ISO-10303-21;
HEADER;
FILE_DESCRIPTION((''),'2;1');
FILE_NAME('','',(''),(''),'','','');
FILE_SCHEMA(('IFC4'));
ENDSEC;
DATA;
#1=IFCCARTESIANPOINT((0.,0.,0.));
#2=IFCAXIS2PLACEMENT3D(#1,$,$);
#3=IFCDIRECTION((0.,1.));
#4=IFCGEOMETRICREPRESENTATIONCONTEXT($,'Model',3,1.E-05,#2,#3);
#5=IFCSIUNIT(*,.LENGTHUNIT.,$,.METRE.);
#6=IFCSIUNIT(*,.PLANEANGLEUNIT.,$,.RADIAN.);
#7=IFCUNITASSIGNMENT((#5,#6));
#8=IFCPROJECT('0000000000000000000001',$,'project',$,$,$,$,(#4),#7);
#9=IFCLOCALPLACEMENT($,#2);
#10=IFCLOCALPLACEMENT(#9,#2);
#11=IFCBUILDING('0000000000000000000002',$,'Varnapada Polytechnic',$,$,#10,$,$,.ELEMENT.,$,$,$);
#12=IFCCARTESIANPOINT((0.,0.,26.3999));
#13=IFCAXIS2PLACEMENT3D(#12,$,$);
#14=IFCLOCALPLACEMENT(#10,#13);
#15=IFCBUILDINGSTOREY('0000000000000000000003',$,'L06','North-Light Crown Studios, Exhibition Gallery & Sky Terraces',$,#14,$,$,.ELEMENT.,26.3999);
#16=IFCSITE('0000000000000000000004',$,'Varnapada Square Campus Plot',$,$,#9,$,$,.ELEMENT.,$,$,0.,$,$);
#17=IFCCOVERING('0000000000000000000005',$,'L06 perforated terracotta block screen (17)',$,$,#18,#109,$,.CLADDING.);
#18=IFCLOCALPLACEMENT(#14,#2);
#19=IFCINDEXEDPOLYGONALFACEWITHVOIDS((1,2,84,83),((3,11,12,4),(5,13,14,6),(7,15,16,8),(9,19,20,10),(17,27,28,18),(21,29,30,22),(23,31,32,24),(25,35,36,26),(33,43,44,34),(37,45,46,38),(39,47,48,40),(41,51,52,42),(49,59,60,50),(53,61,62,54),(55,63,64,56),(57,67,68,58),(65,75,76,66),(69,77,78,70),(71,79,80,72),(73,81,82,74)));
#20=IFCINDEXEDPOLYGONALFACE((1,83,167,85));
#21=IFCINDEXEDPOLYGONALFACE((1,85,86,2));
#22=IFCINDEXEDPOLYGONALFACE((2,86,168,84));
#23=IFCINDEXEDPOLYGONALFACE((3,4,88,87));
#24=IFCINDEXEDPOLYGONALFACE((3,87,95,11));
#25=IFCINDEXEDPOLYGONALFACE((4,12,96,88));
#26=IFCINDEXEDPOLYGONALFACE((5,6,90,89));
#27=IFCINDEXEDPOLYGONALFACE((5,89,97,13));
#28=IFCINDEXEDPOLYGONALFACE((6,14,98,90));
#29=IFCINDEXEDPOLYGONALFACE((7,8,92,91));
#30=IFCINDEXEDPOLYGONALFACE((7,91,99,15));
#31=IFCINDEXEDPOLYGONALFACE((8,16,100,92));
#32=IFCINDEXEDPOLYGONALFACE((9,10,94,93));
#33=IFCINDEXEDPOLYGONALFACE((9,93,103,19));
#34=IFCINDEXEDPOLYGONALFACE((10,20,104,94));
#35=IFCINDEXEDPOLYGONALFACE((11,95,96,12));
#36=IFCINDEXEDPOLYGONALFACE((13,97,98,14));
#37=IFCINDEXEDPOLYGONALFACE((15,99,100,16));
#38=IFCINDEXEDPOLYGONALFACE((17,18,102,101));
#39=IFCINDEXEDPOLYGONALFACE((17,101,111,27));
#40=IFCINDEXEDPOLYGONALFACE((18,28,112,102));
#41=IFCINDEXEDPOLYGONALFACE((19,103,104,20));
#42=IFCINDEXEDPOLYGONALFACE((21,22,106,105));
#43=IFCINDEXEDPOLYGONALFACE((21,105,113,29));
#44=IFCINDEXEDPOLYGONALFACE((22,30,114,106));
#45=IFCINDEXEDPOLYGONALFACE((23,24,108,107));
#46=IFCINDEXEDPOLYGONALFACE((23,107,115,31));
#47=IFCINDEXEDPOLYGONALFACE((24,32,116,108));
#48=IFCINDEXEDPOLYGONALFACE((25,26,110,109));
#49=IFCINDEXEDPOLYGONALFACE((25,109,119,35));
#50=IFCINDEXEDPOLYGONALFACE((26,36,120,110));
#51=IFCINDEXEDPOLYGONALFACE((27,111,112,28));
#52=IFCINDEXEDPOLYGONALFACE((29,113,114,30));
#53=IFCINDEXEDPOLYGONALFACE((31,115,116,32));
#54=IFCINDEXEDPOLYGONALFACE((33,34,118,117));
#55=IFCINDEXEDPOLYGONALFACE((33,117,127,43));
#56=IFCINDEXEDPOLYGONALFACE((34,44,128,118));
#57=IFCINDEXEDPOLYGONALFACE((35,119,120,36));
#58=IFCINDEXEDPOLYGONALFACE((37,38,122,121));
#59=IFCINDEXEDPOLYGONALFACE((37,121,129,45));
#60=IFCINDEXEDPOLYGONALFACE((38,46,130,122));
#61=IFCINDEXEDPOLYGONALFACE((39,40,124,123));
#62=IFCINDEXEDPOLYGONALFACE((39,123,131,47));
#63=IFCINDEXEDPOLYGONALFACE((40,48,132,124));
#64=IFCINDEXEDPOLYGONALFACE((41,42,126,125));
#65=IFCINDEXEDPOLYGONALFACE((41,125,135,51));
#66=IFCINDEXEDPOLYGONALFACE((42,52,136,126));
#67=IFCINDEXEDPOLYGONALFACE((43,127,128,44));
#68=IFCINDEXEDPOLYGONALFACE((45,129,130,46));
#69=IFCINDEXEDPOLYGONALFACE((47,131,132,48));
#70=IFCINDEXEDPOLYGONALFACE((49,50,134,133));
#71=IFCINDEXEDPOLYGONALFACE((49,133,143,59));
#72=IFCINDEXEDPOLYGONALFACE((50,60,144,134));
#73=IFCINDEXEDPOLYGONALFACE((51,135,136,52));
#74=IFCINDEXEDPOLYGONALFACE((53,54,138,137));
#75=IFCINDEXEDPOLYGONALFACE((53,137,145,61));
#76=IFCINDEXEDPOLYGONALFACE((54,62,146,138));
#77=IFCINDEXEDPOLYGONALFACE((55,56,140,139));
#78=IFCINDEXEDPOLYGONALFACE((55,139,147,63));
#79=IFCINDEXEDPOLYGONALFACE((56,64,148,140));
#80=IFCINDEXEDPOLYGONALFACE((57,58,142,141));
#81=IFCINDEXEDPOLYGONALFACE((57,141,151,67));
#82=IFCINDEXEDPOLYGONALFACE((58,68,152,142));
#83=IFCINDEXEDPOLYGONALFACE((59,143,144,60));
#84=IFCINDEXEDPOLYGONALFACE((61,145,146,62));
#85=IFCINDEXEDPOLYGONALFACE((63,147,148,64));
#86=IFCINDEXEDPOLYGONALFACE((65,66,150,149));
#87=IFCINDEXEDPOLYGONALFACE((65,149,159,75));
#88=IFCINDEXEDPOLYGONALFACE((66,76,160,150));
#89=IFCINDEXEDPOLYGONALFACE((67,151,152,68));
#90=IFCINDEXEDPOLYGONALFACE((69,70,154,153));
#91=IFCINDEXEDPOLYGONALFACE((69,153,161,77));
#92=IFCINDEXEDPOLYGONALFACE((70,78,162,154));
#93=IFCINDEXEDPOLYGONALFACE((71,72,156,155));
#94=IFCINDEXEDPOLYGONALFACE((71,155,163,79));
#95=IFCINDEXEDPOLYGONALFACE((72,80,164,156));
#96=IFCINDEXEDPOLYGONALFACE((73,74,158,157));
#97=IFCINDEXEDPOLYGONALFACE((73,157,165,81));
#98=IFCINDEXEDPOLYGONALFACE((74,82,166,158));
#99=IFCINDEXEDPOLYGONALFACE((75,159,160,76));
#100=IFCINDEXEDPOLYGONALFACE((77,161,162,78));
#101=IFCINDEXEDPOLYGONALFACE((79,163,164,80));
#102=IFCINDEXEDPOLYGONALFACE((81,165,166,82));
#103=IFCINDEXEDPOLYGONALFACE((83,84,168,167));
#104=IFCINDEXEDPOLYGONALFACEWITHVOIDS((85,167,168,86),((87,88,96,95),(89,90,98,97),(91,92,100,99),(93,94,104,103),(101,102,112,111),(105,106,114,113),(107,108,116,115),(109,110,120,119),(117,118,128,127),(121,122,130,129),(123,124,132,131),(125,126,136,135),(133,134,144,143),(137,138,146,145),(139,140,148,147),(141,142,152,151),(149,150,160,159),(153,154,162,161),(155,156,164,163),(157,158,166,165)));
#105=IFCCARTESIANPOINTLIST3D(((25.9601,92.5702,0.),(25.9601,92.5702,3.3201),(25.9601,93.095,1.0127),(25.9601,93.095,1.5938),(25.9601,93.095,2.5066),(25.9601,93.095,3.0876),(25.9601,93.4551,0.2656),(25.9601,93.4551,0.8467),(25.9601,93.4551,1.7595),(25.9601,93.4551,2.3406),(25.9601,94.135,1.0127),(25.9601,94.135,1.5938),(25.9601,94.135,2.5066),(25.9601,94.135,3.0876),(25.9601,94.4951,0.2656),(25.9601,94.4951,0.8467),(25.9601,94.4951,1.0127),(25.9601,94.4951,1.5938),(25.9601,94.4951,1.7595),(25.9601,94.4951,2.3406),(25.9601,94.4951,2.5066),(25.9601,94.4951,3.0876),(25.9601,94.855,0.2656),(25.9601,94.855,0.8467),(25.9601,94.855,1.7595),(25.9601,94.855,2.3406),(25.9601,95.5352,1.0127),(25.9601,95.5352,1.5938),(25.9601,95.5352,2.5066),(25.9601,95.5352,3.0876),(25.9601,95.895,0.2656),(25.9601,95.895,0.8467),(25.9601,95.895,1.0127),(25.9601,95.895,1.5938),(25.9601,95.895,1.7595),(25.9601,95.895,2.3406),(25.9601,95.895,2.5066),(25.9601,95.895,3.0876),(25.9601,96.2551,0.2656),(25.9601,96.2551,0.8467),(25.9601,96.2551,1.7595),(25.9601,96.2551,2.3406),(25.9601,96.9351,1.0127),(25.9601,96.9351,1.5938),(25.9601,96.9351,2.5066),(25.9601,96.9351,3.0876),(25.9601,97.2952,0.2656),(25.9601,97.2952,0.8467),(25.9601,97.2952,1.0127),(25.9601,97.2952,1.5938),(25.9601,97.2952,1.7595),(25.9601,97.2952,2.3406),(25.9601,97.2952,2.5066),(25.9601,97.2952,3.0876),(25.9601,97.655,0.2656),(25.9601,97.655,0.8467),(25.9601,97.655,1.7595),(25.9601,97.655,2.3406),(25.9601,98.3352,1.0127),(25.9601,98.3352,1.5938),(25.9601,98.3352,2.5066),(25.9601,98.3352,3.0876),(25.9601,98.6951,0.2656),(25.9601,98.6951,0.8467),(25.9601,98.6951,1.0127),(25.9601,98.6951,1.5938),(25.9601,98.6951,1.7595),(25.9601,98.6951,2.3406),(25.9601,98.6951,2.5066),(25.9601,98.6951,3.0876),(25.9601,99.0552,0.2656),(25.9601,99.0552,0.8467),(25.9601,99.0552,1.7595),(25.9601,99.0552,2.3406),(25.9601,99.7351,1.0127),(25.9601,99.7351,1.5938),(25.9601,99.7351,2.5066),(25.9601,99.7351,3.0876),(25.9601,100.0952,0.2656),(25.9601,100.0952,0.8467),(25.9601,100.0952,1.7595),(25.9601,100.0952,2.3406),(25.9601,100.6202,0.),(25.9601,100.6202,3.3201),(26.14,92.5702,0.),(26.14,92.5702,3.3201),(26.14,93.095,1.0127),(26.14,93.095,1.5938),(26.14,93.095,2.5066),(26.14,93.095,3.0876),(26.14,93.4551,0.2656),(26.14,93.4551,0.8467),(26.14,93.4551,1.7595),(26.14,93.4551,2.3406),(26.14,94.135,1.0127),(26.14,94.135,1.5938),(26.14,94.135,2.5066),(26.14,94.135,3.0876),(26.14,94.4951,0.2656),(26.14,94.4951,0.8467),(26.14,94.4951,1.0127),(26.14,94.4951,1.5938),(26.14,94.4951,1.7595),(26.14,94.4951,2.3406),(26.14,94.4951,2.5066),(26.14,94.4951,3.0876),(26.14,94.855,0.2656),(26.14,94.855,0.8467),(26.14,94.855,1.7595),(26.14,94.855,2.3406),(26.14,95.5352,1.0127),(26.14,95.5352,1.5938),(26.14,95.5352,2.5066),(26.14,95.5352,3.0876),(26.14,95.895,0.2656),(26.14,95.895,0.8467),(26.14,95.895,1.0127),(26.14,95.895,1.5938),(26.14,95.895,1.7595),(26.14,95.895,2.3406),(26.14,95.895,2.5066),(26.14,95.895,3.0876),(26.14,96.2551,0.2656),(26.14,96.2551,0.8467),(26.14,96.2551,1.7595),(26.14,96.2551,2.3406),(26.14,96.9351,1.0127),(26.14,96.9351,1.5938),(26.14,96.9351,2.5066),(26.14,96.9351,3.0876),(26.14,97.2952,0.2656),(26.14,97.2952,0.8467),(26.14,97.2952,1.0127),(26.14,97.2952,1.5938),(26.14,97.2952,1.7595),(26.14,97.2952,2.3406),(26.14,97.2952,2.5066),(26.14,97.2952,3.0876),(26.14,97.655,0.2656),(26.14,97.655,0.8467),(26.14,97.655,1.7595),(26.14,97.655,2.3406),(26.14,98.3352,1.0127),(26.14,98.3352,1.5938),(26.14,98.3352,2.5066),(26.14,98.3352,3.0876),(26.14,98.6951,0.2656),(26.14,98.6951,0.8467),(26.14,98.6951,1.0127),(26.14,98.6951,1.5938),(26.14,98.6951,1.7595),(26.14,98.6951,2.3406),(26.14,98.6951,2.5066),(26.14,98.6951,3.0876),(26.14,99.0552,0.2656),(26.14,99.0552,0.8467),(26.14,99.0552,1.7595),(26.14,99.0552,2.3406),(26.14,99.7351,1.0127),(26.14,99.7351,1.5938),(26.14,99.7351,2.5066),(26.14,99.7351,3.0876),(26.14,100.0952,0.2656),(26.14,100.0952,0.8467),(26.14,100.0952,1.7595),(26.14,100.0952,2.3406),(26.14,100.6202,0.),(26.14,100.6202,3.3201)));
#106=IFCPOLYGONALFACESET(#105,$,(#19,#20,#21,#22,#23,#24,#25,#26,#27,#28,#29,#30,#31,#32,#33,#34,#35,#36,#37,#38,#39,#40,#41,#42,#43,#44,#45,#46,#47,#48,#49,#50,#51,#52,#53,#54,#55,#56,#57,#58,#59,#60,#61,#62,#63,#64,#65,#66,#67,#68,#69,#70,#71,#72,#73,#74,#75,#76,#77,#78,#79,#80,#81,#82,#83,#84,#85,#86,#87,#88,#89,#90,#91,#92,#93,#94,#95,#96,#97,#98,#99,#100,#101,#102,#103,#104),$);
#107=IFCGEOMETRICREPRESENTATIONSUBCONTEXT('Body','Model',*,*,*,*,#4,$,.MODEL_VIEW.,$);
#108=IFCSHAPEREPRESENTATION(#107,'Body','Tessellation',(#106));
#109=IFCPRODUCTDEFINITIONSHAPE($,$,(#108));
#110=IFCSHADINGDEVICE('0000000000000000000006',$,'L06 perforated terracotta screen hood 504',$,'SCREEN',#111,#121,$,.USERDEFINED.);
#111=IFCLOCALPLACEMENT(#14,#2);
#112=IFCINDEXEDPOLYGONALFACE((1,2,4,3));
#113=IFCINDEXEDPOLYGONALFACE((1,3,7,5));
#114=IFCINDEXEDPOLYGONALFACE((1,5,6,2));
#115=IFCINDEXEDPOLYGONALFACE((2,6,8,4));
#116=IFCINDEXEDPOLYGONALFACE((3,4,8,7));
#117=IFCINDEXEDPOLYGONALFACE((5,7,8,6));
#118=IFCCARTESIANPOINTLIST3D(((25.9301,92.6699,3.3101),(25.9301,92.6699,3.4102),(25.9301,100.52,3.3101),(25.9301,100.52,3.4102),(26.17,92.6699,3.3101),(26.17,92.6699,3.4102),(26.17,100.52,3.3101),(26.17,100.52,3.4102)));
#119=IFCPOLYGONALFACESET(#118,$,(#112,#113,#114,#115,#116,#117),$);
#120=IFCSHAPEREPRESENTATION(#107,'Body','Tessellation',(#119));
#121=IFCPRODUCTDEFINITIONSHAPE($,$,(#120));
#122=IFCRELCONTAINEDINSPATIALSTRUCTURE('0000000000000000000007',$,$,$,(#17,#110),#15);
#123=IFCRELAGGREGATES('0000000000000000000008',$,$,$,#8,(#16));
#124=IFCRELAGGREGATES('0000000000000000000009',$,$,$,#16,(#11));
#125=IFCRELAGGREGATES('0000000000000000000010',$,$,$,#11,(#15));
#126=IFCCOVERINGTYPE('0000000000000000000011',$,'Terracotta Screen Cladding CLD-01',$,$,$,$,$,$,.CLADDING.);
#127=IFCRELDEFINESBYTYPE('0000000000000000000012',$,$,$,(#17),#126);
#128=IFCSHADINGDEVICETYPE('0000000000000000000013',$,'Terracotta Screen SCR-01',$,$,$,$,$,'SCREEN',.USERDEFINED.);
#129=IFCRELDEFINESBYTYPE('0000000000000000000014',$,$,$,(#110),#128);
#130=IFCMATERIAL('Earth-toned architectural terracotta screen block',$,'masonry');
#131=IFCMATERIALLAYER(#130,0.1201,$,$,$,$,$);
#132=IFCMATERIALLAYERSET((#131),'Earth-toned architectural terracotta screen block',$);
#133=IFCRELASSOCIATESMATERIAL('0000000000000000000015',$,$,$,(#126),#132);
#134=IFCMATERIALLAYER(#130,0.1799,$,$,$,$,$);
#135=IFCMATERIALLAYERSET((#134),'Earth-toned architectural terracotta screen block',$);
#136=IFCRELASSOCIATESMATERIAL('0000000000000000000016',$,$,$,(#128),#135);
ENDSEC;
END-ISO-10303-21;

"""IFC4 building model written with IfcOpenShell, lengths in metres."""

from ifc_helpers import new_model, si_unit, direction, frame, frame_2d, origin, origin_2d, place, context, subcontext, project, spatial, rectangle, extrude, material, layer, layer_set, type_object, element, save


model = new_model("IFC4")

# Units and contexts
model_context = context("Model", 3, precision=1e-05, world=origin(), true_north=direction((0.0, 1.0)))
body_context = subcontext(model_context, "Body", "Model", "MODEL_VIEW")
ifc_project = project(units=[si_unit("LENGTHUNIT", "METRE"), si_unit("PLANEANGLEUNIT", "RADIAN")], contexts=[model_context])

# Site, building, storey
site_placement = place(None, origin())
site = spatial("IfcSite", under=ifc_project, at=site_placement, Name="Varnapada Square Campus Plot", CompositionType="ELEMENT", RefElevation=0.0)
building_placement = place(site_placement, origin())
building = spatial("IfcBuilding", under=site, at=building_placement, Name="Varnapada Polytechnic", CompositionType="ELEMENT")
storey_placement = place(building_placement, frame((0.0, 0.0, 26.3999)))
storey = spatial("IfcBuildingStorey", under=building, at=storey_placement, Name="L06", Description="North-Light Crown Studios, Exhibition Gallery & Sky Terraces", CompositionType="ELEMENT", Elevation=26.3999)

# Covering, openings
ifc_material_1 = material(Name="Earth-toned architectural terracotta screen block", Category="masonry")
ifc_layer_1 = layer(ifc_material_1, 0.1201)
ifc_layer_set_1 = layer_set([ifc_layer_1], Name="Earth-toned architectural terracotta screen block")
covering_type_1 = type_object("IfcCoveringType", Name="Terracotta Screen Cladding CLD-01", PredefinedType="CLADDING", material=ifc_layer_set_1)
covering_1_placement = place(storey_placement, frame((26.05, 100.6201, 0.0), z_axis=(0.0, 0.0, 1.0), x_axis=(0.0, -1.0, 0.0)))
covering_1 = element("IfcCovering", 1, at=covering_1_placement, inside=storey, type_object=covering_type_1, Name="L06 perforated terracotta block screen (17)", PredefinedType="CLADDING", context=body_context, shape_type="SweptSolid", body=[
    extrude(rectangle(XDim=8.05, YDim=0.1799, at=frame_2d((4.0249, 0.0))), origin(), (0.0, 0.0, 1.0), 3.3201),
])
opening_1_placement = place(covering_1_placement, frame((0.5249, 0.0, 0.2656)))
element("IfcOpeningElement", 2, at=opening_1_placement, cuts=covering_1, PredefinedType="OPENING", context=body_context, shape_type="SweptSolid", body=[
    extrude(rectangle(XDim=1.04, YDim=0.5811, at=frame_2d((0.52, 0.2905))), frame((0.0, 0.0999, 0.0), z_axis=(0.0, -1.0, 0.0), x_axis=(1.0, 0.0, 0.0)), (0.0, 0.0, 1.0), 0.2),
])
opening_2_placement = place(covering_1_placement, frame((1.925, 0.0, 0.2656)))
element("IfcOpeningElement", 3, at=opening_2_placement, cuts=covering_1, PredefinedType="OPENING", context=body_context, shape_type="SweptSolid", body=[
    extrude(rectangle(XDim=1.04, YDim=0.5811, at=frame_2d((0.52, 0.2905))), frame((0.0, 0.0999, 0.0), z_axis=(0.0, -1.0, 0.0), x_axis=(1.0, 0.0, 0.0)), (0.0, 0.0, 1.0), 0.2),
])
opening_3_placement = place(covering_1_placement, frame((3.325, 0.0, 0.2656)))
element("IfcOpeningElement", 4, at=opening_3_placement, cuts=covering_1, PredefinedType="OPENING", context=body_context, shape_type="SweptSolid", body=[
    extrude(rectangle(XDim=1.04, YDim=0.5811, at=frame_2d((0.52, 0.2905))), frame((0.0, 0.0999, 0.0), z_axis=(0.0, -1.0, 0.0), x_axis=(1.0, 0.0, 0.0)), (0.0, 0.0, 1.0), 0.2),
])
opening_4_placement = place(covering_1_placement, frame((4.7251, 0.0, 0.2656)))
element("IfcOpeningElement", 5, at=opening_4_placement, cuts=covering_1, PredefinedType="OPENING", context=body_context, shape_type="SweptSolid", body=[
    extrude(rectangle(XDim=1.04, YDim=0.5811, at=frame_2d((0.52, 0.2905))), frame((0.0, 0.0999, 0.0), z_axis=(0.0, -1.0, 0.0), x_axis=(1.0, 0.0, 0.0)), (0.0, 0.0, 1.0), 0.2),
])
opening_5_placement = place(covering_1_placement, frame((6.125, 0.0, 0.2656)))
element("IfcOpeningElement", 6, at=opening_5_placement, cuts=covering_1, PredefinedType="OPENING", context=body_context, shape_type="SweptSolid", body=[
    extrude(rectangle(XDim=1.04, YDim=0.5811, at=frame_2d((0.52, 0.2905))), frame((0.0, 0.0999, 0.0), z_axis=(0.0, -1.0, 0.0), x_axis=(1.0, 0.0, 0.0)), (0.0, 0.0, 1.0), 0.2),
])
opening_6_placement = place(covering_1_placement, frame((0.885, 0.0, 1.0127)))
element("IfcOpeningElement", 7, at=opening_6_placement, cuts=covering_1, PredefinedType="OPENING", context=body_context, shape_type="SweptSolid", body=[
    extrude(rectangle(XDim=1.04, YDim=0.5811, at=frame_2d((0.52, 0.2905))), frame((0.0, 0.0999, 0.0), z_axis=(0.0, -1.0, 0.0), x_axis=(1.0, 0.0, 0.0)), (0.0, 0.0, 1.0), 0.2),
])
opening_7_placement = place(covering_1_placement, frame((2.2849, 0.0, 1.0127)))
element("IfcOpeningElement", 8, at=opening_7_placement, cuts=covering_1, PredefinedType="OPENING", context=body_context, shape_type="SweptSolid", body=[
    extrude(rectangle(XDim=1.04, YDim=0.5811, at=frame_2d((0.52, 0.2905))), frame((0.0, 0.0999, 0.0), z_axis=(0.0, -1.0, 0.0), x_axis=(1.0, 0.0, 0.0)), (0.0, 0.0, 1.0), 0.2),
])
opening_8_placement = place(covering_1_placement, frame((3.6851, 0.0, 1.0127)))
element("IfcOpeningElement", 9, at=opening_8_placement, cuts=covering_1, PredefinedType="OPENING", context=body_context, shape_type="SweptSolid", body=[
    extrude(rectangle(XDim=1.04, YDim=0.5811, at=frame_2d((0.52, 0.2905))), frame((0.0, 0.0999, 0.0), z_axis=(0.0, -1.0, 0.0), x_axis=(1.0, 0.0, 0.0)), (0.0, 0.0, 1.0), 0.2),
])
opening_9_placement = place(covering_1_placement, frame((5.085, 0.0, 1.0127)))
element("IfcOpeningElement", 10, at=opening_9_placement, cuts=covering_1, PredefinedType="OPENING", context=body_context, shape_type="SweptSolid", body=[
    extrude(rectangle(XDim=1.04, YDim=0.5811, at=frame_2d((0.52, 0.2905))), frame((0.0, 0.0999, 0.0), z_axis=(0.0, -1.0, 0.0), x_axis=(1.0, 0.0, 0.0)), (0.0, 0.0, 1.0), 0.2),
])
opening_10_placement = place(covering_1_placement, frame((6.4851, 0.0, 1.0127)))
element("IfcOpeningElement", 11, at=opening_10_placement, cuts=covering_1, PredefinedType="OPENING", context=body_context, shape_type="SweptSolid", body=[
    extrude(rectangle(XDim=1.04, YDim=0.5811, at=frame_2d((0.52, 0.2905))), frame((0.0, 0.0999, 0.0), z_axis=(0.0, -1.0, 0.0), x_axis=(1.0, 0.0, 0.0)), (0.0, 0.0, 1.0), 0.2),
])
opening_11_placement = place(covering_1_placement, frame((0.5249, 0.0, 1.7595)))
element("IfcOpeningElement", 12, at=opening_11_placement, cuts=covering_1, PredefinedType="OPENING", context=body_context, shape_type="SweptSolid", body=[
    extrude(rectangle(XDim=1.04, YDim=0.5811, at=frame_2d((0.52, 0.2905))), frame((0.0, 0.0999, 0.0), z_axis=(0.0, -1.0, 0.0), x_axis=(1.0, 0.0, 0.0)), (0.0, 0.0, 1.0), 0.2),
])
opening_12_placement = place(covering_1_placement, frame((1.925, 0.0, 1.7595)))
element("IfcOpeningElement", 13, at=opening_12_placement, cuts=covering_1, PredefinedType="OPENING", context=body_context, shape_type="SweptSolid", body=[
    extrude(rectangle(XDim=1.04, YDim=0.5811, at=frame_2d((0.52, 0.2905))), frame((0.0, 0.0999, 0.0), z_axis=(0.0, -1.0, 0.0), x_axis=(1.0, 0.0, 0.0)), (0.0, 0.0, 1.0), 0.2),
])
opening_13_placement = place(covering_1_placement, frame((3.325, 0.0, 1.7595)))
element("IfcOpeningElement", 14, at=opening_13_placement, cuts=covering_1, PredefinedType="OPENING", context=body_context, shape_type="SweptSolid", body=[
    extrude(rectangle(XDim=1.04, YDim=0.5811, at=frame_2d((0.52, 0.2905))), frame((0.0, 0.0999, 0.0), z_axis=(0.0, -1.0, 0.0), x_axis=(1.0, 0.0, 0.0)), (0.0, 0.0, 1.0), 0.2),
])
opening_14_placement = place(covering_1_placement, frame((4.7251, 0.0, 1.7595)))
element("IfcOpeningElement", 15, at=opening_14_placement, cuts=covering_1, PredefinedType="OPENING", context=body_context, shape_type="SweptSolid", body=[
    extrude(rectangle(XDim=1.04, YDim=0.5811, at=frame_2d((0.52, 0.2905))), frame((0.0, 0.0999, 0.0), z_axis=(0.0, -1.0, 0.0), x_axis=(1.0, 0.0, 0.0)), (0.0, 0.0, 1.0), 0.2),
])
opening_15_placement = place(covering_1_placement, frame((6.125, 0.0, 1.7595)))
element("IfcOpeningElement", 16, at=opening_15_placement, cuts=covering_1, PredefinedType="OPENING", context=body_context, shape_type="SweptSolid", body=[
    extrude(rectangle(XDim=1.04, YDim=0.5811, at=frame_2d((0.52, 0.2905))), frame((0.0, 0.0999, 0.0), z_axis=(0.0, -1.0, 0.0), x_axis=(1.0, 0.0, 0.0)), (0.0, 0.0, 1.0), 0.2),
])
opening_16_placement = place(covering_1_placement, frame((0.885, 0.0, 2.5066)))
element("IfcOpeningElement", 17, at=opening_16_placement, cuts=covering_1, PredefinedType="OPENING", context=body_context, shape_type="SweptSolid", body=[
    extrude(rectangle(XDim=1.04, YDim=0.5811, at=frame_2d((0.52, 0.2905))), frame((0.0, 0.0999, 0.0), z_axis=(0.0, -1.0, 0.0), x_axis=(1.0, 0.0, 0.0)), (0.0, 0.0, 1.0), 0.2),
])
opening_17_placement = place(covering_1_placement, frame((2.2849, 0.0, 2.5066)))
element("IfcOpeningElement", 18, at=opening_17_placement, cuts=covering_1, PredefinedType="OPENING", context=body_context, shape_type="SweptSolid", body=[
    extrude(rectangle(XDim=1.04, YDim=0.5811, at=frame_2d((0.52, 0.2905))), frame((0.0, 0.0999, 0.0), z_axis=(0.0, -1.0, 0.0), x_axis=(1.0, 0.0, 0.0)), (0.0, 0.0, 1.0), 0.2),
])
opening_18_placement = place(covering_1_placement, frame((3.6851, 0.0, 2.5066)))
element("IfcOpeningElement", 19, at=opening_18_placement, cuts=covering_1, PredefinedType="OPENING", context=body_context, shape_type="SweptSolid", body=[
    extrude(rectangle(XDim=1.04, YDim=0.5811, at=frame_2d((0.52, 0.2905))), frame((0.0, 0.0999, 0.0), z_axis=(0.0, -1.0, 0.0), x_axis=(1.0, 0.0, 0.0)), (0.0, 0.0, 1.0), 0.2),
])
opening_19_placement = place(covering_1_placement, frame((5.085, 0.0, 2.5066)))
element("IfcOpeningElement", 20, at=opening_19_placement, cuts=covering_1, PredefinedType="OPENING", context=body_context, shape_type="SweptSolid", body=[
    extrude(rectangle(XDim=1.04, YDim=0.5811, at=frame_2d((0.52, 0.2905))), frame((0.0, 0.0999, 0.0), z_axis=(0.0, -1.0, 0.0), x_axis=(1.0, 0.0, 0.0)), (0.0, 0.0, 1.0), 0.2),
])
opening_20_placement = place(covering_1_placement, frame((6.4851, 0.0, 2.5066)))
element("IfcOpeningElement", 21, at=opening_20_placement, cuts=covering_1, PredefinedType="OPENING", context=body_context, shape_type="SweptSolid", body=[
    extrude(rectangle(XDim=1.04, YDim=0.5811, at=frame_2d((0.52, 0.2905))), frame((0.0, 0.0999, 0.0), z_axis=(0.0, -1.0, 0.0), x_axis=(1.0, 0.0, 0.0)), (0.0, 0.0, 1.0), 0.2),
])

# Shading device
ifc_layer_2 = layer(ifc_material_1, 0.1799)
ifc_layer_set_2 = layer_set([ifc_layer_2], Name="Earth-toned architectural terracotta screen block")
shading_device_type = type_object("IfcShadingDeviceType", Name="Terracotta Screen SCR-01", ElementType="SCREEN", PredefinedType="USERDEFINED", material=ifc_layer_set_2)
shading_device_placement = place(storey_placement, frame((26.05, 96.595, 3.3101), z_axis=(0.0, 0.0, 1.0), x_axis=(0.0, -1.0, 0.0)))
element("IfcShadingDevice", 22, at=shading_device_placement, inside=storey, type_object=shading_device_type, Name="L06 perforated terracotta screen hood 504", ObjectType="SCREEN", PredefinedType="USERDEFINED", context=body_context, shape_type="SweptSolid", body=[
    extrude(rectangle(XDim=7.8501, YDim=0.24, at=origin_2d()), origin(), (0.0, 0.0, 1.0), 0.1001),
])

save(model, "model.ifc")
